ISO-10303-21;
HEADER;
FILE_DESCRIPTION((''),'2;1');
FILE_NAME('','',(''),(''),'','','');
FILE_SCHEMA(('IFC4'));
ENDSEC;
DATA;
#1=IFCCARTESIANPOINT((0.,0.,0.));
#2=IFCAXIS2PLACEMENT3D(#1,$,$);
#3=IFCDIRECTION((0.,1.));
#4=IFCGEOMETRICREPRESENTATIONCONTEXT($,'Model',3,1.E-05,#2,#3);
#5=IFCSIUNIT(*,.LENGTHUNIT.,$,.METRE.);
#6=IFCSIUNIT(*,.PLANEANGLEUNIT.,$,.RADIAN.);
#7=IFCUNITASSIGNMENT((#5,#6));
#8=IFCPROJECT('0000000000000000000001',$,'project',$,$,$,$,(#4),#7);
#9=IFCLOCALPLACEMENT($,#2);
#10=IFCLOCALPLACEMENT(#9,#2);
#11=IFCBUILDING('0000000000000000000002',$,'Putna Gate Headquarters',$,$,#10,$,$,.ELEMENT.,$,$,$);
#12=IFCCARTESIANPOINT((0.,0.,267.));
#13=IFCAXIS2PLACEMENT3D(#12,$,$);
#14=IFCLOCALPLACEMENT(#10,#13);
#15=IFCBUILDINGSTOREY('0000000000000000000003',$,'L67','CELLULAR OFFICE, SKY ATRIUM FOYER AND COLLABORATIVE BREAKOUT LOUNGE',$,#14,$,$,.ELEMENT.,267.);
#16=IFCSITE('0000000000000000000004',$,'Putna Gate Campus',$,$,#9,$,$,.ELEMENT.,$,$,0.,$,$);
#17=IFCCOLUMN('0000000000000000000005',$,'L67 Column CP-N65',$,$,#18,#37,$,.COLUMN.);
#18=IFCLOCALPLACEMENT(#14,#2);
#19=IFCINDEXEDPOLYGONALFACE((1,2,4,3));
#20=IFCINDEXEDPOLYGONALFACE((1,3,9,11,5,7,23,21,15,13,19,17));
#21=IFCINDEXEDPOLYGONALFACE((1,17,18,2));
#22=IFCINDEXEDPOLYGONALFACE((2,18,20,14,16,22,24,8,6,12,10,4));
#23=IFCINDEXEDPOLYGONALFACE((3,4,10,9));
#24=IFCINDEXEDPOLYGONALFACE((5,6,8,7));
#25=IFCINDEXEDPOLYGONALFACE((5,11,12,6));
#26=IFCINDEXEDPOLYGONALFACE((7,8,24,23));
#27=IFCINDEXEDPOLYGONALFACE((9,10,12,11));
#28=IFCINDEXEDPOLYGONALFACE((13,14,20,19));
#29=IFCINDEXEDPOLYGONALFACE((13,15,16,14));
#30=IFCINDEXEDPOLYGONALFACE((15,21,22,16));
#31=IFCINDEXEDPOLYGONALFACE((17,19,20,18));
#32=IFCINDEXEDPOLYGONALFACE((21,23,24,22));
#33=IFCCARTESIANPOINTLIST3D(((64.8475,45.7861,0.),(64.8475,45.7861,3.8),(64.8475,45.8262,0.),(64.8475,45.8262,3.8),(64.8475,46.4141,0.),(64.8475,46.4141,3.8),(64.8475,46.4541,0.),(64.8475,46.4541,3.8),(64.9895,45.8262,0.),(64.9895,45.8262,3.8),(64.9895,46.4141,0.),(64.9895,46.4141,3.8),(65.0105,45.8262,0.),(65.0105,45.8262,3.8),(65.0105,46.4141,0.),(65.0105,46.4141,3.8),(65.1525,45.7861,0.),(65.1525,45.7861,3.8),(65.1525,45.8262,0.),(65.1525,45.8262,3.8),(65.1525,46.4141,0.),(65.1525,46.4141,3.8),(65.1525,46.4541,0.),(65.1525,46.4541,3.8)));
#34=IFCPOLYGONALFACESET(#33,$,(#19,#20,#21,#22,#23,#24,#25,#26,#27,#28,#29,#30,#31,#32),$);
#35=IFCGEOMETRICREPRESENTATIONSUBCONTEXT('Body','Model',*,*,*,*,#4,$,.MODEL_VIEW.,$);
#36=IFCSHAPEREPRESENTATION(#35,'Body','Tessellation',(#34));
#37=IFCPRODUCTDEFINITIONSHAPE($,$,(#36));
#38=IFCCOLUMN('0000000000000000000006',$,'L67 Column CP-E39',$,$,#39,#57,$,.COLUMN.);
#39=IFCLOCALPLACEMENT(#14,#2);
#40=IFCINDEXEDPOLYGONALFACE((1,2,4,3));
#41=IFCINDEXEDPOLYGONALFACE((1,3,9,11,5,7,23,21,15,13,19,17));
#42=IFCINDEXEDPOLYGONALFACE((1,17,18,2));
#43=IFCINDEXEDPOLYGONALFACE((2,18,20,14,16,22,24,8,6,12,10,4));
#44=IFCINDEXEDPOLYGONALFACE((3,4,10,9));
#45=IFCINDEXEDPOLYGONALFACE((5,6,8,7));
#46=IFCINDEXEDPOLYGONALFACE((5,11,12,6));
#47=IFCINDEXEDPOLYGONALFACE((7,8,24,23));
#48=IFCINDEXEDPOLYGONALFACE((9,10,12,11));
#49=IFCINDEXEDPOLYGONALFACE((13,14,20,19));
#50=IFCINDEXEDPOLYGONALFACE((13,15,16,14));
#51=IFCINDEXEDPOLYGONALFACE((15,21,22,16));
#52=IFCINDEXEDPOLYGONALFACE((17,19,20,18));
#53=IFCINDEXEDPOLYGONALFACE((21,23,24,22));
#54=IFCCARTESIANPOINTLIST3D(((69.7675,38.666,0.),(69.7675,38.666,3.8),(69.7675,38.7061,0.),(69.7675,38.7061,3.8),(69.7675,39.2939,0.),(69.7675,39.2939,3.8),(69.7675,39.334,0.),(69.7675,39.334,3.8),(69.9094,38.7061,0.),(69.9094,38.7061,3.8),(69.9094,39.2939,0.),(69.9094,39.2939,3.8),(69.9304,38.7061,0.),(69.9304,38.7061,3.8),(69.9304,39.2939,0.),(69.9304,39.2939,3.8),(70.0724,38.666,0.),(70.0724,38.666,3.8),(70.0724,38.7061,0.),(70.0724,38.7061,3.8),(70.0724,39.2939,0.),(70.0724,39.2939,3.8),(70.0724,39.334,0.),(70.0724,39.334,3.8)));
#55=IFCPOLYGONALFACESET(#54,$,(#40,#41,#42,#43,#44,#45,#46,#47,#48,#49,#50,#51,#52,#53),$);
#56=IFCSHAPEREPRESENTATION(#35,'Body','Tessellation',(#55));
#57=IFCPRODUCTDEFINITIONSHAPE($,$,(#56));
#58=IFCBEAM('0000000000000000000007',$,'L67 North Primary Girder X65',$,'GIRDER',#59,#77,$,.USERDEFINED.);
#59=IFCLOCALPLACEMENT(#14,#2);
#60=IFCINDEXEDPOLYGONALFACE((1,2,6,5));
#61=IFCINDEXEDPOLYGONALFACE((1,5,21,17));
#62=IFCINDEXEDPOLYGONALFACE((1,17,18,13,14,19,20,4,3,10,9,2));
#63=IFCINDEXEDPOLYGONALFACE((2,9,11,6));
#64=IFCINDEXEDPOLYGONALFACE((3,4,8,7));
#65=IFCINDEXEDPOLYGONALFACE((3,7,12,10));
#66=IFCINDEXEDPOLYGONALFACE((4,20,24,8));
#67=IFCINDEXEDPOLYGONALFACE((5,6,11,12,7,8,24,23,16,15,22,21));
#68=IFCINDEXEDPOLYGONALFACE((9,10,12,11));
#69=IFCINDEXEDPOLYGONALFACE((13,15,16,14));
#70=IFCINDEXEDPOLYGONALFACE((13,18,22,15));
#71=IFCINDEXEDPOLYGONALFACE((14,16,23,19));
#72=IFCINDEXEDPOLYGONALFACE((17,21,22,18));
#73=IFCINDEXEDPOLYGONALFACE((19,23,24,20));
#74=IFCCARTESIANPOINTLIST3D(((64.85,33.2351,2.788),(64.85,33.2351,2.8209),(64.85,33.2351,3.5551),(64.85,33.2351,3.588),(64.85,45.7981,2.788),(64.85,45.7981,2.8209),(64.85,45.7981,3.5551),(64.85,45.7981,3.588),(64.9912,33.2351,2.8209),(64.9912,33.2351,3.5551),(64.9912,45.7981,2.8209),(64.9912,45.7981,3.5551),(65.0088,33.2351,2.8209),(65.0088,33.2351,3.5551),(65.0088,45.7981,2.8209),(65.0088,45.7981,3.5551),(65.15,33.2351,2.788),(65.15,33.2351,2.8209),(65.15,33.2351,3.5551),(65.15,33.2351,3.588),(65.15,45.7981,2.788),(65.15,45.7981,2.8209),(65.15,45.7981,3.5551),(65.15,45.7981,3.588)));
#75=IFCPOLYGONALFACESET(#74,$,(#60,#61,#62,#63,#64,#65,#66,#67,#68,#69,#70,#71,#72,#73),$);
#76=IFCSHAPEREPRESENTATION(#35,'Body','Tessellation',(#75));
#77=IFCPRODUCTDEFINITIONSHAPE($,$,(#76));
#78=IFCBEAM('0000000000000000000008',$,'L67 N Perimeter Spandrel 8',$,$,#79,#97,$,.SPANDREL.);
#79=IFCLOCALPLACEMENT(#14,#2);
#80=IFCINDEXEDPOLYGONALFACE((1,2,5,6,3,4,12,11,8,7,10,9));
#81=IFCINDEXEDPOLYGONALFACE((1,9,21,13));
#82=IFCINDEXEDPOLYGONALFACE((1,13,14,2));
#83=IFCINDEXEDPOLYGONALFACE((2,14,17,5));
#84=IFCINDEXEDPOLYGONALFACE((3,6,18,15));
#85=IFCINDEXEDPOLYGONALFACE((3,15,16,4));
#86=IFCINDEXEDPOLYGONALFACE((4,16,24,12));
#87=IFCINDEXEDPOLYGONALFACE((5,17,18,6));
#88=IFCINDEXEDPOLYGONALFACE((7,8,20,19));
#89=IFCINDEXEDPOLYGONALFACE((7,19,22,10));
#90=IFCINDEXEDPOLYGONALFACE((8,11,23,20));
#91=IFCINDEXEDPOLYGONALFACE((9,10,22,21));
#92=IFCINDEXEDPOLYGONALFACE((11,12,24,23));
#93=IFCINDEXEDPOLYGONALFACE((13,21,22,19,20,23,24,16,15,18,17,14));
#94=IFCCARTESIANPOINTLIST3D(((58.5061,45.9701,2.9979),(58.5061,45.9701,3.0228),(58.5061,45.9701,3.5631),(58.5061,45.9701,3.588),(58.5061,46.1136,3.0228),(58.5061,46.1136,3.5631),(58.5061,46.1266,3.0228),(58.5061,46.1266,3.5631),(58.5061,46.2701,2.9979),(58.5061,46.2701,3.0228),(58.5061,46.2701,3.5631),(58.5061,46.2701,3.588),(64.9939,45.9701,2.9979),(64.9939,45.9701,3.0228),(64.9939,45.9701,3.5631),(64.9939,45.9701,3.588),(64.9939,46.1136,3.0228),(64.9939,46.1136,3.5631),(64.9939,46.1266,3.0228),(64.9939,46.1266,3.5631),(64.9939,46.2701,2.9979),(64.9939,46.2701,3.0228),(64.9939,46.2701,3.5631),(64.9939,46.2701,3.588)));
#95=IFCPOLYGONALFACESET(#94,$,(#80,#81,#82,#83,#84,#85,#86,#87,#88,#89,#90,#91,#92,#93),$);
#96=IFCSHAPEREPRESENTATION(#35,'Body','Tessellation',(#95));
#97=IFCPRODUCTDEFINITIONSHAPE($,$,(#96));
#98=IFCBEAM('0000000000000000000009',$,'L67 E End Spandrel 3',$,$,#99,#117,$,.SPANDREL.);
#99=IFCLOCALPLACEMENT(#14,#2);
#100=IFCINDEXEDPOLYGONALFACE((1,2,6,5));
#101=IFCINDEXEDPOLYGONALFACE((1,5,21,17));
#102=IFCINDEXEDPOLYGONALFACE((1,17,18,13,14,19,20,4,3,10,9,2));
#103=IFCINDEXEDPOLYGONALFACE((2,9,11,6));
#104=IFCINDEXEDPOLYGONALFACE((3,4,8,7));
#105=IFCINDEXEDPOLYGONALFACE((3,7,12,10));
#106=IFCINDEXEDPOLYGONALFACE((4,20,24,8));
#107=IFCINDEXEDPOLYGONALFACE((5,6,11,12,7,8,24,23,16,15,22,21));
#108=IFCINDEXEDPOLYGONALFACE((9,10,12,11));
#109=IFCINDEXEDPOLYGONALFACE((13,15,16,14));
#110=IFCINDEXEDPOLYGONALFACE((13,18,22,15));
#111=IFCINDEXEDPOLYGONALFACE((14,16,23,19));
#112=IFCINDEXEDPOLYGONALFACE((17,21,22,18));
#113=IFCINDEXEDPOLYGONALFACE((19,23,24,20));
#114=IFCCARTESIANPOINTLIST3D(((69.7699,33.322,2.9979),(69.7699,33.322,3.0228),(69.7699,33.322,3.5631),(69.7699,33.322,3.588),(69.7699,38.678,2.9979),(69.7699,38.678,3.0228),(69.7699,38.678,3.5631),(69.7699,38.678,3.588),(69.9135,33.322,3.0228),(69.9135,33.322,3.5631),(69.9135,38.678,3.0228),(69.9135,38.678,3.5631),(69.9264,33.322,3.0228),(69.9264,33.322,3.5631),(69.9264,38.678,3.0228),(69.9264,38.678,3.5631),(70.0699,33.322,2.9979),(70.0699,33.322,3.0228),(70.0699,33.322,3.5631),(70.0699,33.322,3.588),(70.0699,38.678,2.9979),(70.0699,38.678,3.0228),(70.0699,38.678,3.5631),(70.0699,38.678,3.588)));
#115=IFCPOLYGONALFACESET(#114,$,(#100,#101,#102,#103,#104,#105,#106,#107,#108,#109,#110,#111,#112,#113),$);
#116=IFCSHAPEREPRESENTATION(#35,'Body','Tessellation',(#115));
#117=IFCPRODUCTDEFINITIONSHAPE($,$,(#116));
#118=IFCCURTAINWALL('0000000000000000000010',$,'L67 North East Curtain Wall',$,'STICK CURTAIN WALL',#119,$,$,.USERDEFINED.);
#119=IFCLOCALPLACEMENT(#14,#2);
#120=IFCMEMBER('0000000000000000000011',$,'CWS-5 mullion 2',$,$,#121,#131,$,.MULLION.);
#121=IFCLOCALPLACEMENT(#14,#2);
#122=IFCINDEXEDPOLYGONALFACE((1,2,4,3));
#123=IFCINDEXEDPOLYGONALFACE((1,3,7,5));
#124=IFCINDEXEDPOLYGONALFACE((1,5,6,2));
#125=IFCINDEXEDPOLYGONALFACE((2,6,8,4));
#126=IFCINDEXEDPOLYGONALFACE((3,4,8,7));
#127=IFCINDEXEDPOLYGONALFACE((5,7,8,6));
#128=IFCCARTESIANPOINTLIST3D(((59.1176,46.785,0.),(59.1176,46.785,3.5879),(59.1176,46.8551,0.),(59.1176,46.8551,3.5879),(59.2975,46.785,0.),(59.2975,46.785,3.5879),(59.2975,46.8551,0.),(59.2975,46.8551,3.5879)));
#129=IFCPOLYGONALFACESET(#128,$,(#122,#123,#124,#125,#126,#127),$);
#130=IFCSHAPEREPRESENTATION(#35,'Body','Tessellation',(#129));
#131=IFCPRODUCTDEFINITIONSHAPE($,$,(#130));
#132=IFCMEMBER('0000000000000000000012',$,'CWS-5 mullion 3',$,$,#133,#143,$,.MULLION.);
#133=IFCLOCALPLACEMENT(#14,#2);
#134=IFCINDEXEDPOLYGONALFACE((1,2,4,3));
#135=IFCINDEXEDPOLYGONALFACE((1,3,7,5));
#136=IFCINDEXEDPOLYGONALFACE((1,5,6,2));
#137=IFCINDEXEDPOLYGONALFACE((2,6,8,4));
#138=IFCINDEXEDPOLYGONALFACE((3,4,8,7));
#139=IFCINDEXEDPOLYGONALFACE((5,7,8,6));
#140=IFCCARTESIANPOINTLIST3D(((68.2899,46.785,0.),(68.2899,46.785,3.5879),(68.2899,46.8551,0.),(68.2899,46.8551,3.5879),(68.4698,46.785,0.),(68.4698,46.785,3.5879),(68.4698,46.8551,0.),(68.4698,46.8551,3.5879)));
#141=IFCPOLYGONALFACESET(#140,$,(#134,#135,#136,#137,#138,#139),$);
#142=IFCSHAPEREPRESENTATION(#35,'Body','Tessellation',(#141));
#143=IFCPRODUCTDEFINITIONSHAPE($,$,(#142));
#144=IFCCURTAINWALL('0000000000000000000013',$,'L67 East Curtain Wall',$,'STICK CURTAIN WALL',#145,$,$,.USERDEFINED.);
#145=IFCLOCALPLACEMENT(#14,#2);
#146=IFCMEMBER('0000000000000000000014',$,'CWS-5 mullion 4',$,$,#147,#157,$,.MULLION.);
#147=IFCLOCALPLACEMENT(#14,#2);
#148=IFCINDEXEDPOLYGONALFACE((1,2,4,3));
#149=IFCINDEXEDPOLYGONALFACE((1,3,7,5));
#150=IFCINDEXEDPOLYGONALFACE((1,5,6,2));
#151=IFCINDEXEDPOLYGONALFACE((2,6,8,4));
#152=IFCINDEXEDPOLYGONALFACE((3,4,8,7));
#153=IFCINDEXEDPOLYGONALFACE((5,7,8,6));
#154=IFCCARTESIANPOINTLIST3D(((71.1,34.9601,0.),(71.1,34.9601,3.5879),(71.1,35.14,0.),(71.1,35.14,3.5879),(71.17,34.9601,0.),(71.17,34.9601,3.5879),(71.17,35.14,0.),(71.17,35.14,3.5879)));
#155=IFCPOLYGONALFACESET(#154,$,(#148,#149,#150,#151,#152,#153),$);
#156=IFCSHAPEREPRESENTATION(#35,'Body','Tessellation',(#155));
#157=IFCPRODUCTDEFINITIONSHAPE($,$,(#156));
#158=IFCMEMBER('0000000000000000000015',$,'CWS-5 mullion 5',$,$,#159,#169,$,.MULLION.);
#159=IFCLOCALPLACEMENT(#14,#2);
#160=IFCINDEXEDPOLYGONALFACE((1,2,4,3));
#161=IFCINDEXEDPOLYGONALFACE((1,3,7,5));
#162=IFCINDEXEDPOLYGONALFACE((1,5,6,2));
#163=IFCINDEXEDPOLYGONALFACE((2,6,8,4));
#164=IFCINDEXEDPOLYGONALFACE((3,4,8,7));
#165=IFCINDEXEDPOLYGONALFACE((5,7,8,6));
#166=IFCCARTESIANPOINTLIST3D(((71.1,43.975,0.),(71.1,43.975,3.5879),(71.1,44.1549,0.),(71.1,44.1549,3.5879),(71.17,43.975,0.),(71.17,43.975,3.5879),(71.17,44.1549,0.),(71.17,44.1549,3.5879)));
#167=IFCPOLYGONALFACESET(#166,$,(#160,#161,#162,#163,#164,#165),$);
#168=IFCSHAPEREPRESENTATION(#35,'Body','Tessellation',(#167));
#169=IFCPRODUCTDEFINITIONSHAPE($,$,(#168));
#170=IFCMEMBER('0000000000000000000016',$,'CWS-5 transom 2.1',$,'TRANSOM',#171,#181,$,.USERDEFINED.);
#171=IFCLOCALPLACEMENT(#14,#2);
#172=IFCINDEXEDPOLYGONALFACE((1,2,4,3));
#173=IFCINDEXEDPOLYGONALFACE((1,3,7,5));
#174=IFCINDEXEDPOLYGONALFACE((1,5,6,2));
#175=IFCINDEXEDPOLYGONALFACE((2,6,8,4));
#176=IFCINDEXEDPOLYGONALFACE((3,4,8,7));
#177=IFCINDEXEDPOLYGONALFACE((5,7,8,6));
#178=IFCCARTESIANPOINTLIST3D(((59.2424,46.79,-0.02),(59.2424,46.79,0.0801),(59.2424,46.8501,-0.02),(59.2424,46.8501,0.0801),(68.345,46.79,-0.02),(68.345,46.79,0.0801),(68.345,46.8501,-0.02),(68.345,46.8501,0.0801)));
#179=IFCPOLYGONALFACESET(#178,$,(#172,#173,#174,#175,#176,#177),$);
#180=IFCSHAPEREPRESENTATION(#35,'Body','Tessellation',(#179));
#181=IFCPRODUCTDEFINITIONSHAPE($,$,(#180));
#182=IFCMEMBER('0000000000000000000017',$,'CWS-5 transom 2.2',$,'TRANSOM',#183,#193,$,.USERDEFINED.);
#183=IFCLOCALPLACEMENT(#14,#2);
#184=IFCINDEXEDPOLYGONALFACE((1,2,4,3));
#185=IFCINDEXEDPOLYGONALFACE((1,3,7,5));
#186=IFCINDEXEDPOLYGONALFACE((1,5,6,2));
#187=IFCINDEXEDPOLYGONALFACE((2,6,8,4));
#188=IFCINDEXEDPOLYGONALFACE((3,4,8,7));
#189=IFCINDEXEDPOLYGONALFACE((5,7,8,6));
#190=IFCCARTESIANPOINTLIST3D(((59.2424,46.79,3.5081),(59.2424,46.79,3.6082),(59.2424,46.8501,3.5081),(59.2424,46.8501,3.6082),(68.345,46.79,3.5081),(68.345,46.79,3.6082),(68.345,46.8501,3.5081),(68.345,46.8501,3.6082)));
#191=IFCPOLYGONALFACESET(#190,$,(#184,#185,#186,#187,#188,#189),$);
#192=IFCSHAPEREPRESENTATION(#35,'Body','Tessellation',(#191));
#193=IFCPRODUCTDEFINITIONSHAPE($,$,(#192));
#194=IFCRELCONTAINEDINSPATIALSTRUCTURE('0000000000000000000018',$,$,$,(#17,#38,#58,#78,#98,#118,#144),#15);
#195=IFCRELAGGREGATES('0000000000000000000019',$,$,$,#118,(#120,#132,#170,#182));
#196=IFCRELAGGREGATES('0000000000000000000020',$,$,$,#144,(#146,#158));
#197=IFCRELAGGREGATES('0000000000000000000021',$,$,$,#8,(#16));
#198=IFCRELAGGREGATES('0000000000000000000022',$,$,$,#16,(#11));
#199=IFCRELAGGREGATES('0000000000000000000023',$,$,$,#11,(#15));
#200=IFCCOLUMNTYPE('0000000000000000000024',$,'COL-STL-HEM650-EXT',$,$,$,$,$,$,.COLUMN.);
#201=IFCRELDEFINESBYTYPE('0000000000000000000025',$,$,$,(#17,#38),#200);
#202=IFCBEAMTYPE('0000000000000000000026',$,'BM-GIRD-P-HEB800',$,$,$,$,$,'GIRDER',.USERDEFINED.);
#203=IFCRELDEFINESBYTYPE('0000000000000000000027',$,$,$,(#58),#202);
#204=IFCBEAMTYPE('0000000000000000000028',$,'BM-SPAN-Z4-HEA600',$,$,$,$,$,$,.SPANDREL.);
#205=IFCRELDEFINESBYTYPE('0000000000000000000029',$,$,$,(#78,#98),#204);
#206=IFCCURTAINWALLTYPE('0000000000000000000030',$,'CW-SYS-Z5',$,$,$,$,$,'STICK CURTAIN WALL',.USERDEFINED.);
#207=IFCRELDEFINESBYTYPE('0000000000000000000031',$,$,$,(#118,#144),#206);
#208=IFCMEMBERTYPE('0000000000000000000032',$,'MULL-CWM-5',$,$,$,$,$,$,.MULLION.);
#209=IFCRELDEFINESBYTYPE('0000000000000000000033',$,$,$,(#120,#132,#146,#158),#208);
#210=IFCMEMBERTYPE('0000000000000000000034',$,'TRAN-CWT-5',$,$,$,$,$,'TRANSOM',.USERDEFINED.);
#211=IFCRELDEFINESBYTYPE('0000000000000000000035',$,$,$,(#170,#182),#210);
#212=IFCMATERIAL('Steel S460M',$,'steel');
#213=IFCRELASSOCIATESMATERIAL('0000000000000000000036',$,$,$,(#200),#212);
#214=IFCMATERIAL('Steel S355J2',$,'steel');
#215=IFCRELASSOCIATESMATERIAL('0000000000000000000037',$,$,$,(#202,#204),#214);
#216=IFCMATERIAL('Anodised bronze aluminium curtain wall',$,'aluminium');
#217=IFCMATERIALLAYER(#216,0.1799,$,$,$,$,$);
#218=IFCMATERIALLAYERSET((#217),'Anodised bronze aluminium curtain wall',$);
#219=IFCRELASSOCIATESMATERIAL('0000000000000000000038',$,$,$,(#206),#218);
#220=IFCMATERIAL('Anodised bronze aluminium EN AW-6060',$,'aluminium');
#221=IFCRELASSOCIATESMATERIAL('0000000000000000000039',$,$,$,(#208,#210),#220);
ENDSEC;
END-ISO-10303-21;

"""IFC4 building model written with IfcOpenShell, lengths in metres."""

from ifc_helpers import new_model, si_unit, direction, frame, origin, origin_2d, place, context, subcontext, project, spatial, rectangle, i_section, extrude, material, layer, layer_set, material_profile, profile_set, type_object, element, aggregate, save


model = new_model("IFC4")

# Units and contexts
model_context = context("Model", 3, precision=1e-05, world=origin(), true_north=direction((0.0, 1.0)))
body_context = subcontext(model_context, "Body", "Model", "MODEL_VIEW")
ifc_project = project(units=[si_unit("LENGTHUNIT", "METRE"), si_unit("PLANEANGLEUNIT", "RADIAN")], contexts=[model_context])

# Site, building, storey
site_placement = place(None, origin())
site = spatial("IfcSite", under=ifc_project, at=site_placement, Name="Putna Gate Campus", CompositionType="ELEMENT", RefElevation=0.0)
building_placement = place(site_placement, origin())
building = spatial("IfcBuilding", under=site, at=building_placement, Name="Putna Gate Headquarters", CompositionType="ELEMENT")
storey_placement = place(building_placement, frame((0.0, 0.0, 267.0)))
storey = spatial("IfcBuildingStorey", under=building, at=storey_placement, Name="L67", Description="CELLULAR OFFICE, SKY ATRIUM FOYER AND COLLABORATIVE BREAKOUT LOUNGE", CompositionType="ELEMENT", Elevation=267.0)

# Columns
ifc_material_1 = material(Name="Steel S460M", Category="steel")
ifc_material_profile_1 = material_profile(ifc_material_1, i_section(OverallWidth=0.3049, OverallDepth=0.668, WebThickness=0.021, FlangeThickness=0.04, at=origin_2d()), Name="Steel S460M")
ifc_profile_set_1 = profile_set([ifc_material_profile_1], Name="Steel S460M")
column_type = type_object("IfcColumnType", Name="COL-STL-HEM650-EXT", PredefinedType="COLUMN", material=ifc_profile_set_1)
for number, where, z_axis, x_axis, name in (
    (1, (65.0, 46.1201, 0.0), (0.0, 0.0, 1.0), (1.0, 0.0, 0.0), "L67 Column CP-N65"),
    (2, (69.9199, 39.0, 0.0), (0.0, 0.0, 1.0), (1.0, 0.0, 0.0), "L67 Column CP-E39"),
):
    element("IfcColumn", number, at=place(storey_placement, frame(where, z_axis=z_axis, x_axis=x_axis)), inside=storey, type_object=column_type, Name=name, PredefinedType="COLUMN", context=body_context, shape_type="SweptSolid", body=[
        extrude(i_section(OverallWidth=0.3049, OverallDepth=0.668, WebThickness=0.021, FlangeThickness=0.04, at=origin_2d()), origin(), (0.0, 0.0, 1.0), 3.8),
    ])

# Beams
ifc_material_2 = material(Name="Steel S355J2", Category="steel")
ifc_material_profile_2 = material_profile(ifc_material_2, i_section(OverallWidth=0.3, OverallDepth=0.8, WebThickness=0.0176, FlangeThickness=0.033, at=origin_2d()), Name="Steel S355J2")
ifc_profile_set_2 = profile_set([ifc_material_profile_2], Name="Steel S355J2")
beam_type_1 = type_object("IfcBeamType", Name="BM-GIRD-P-HEB800", ElementType="GIRDER", PredefinedType="USERDEFINED", material=ifc_profile_set_2)
beam_1_placement = place(storey_placement, frame((65.0, 33.2351, 3.188), z_axis=(0.0, 1.0, 0.0), x_axis=(-1.0, 0.0, 0.0)))
element("IfcBeam", 3, at=beam_1_placement, inside=storey, type_object=beam_type_1, Name="L67 North Primary Girder X65", ObjectType="GIRDER", PredefinedType="USERDEFINED", context=body_context, shape_type="SweptSolid", body=[
    extrude(i_section(OverallWidth=0.3, OverallDepth=0.8, WebThickness=0.0176, FlangeThickness=0.033, at=origin_2d()), origin(), (0.0, 0.0, 1.0), 12.563),
])
ifc_material_profile_3 = material_profile(ifc_material_2, i_section(OverallWidth=0.3, OverallDepth=0.5901, WebThickness=0.0129, FlangeThickness=0.0249, at=origin_2d()), Name="Steel S355J2")
ifc_profile_set_3 = profile_set([ifc_material_profile_3], Name="Steel S355J2")
beam_type_2 = type_object("IfcBeamType", Name="BM-SPAN-Z4-HEA600", PredefinedType="SPANDREL", material=ifc_profile_set_3)
beam_2_placement = place(storey_placement, frame((58.5061, 46.1201, 3.293), z_axis=(1.0, 0.0, 0.0), x_axis=(0.0, 1.0, 0.0)))
element("IfcBeam", 4, at=beam_2_placement, inside=storey, type_object=beam_type_2, Name="L67 N Perimeter Spandrel 8", PredefinedType="SPANDREL", context=body_context, shape_type="SweptSolid", body=[
    extrude(i_section(OverallWidth=0.3, OverallDepth=0.5901, WebThickness=0.0129, FlangeThickness=0.0249, at=origin_2d()), origin(), (0.0, 0.0, 1.0), 6.4878),
])
beam_3_placement = place(storey_placement, frame((69.9199, 33.322, 3.293), z_axis=(0.0, 1.0, 0.0), x_axis=(-1.0, 0.0, 0.0)))
element("IfcBeam", 5, at=beam_3_placement, inside=storey, type_object=beam_type_2, Name="L67 E End Spandrel 3", PredefinedType="SPANDREL", context=body_context, shape_type="SweptSolid", body=[
    extrude(i_section(OverallWidth=0.3, OverallDepth=0.5901, WebThickness=0.0129, FlangeThickness=0.0249, at=origin_2d()), origin(), (0.0, 0.0, 1.0), 5.356),
])

# Curtain walls, members
ifc_material_3 = material(Name="Anodised bronze aluminium curtain wall", Category="aluminium")
ifc_layer_1 = layer(ifc_material_3, 0.1799)
ifc_layer_set_1 = layer_set([ifc_layer_1], Name="Anodised bronze aluminium curtain wall")
curtain_wall_type = type_object("IfcCurtainWallType", Name="CW-SYS-Z5", ElementType="STICK CURTAIN WALL", PredefinedType="USERDEFINED", material=ifc_layer_set_1)
curtain_wall_1_placement = place(storey_placement, origin())
curtain_wall_1 = element("IfcCurtainWall", 6, at=curtain_wall_1_placement, inside=storey, type_object=curtain_wall_type, Name="L67 North East Curtain Wall", ObjectType="STICK CURTAIN WALL", PredefinedType="USERDEFINED")
ifc_material_4 = material(Name="Anodised bronze aluminium EN AW-6060", Category="aluminium")
ifc_material_profile_4 = material_profile(ifc_material_4, rectangle(XDim=0.0701, YDim=0.1799, at=origin_2d()), Name="Anodised bronze aluminium EN AW-6060")
ifc_profile_set_4 = profile_set([ifc_material_profile_4], Name="Anodised bronze aluminium EN AW-6060")
member_type_1 = type_object("IfcMemberType", Name="MULL-CWM-5", PredefinedType="MULLION", material=ifc_profile_set_4)
member_1_placement = place(storey_placement, frame((59.2075, 46.8201, 0.0), z_axis=(0.0, 0.0, 1.0), x_axis=(0.0, 1.0, 0.0)))
member_1 = element("IfcMember", 7, at=member_1_placement, type_object=member_type_1, Name="CWS-5 mullion 2", PredefinedType="MULLION", context=body_context, shape_type="SweptSolid", body=[
    extrude(rectangle(XDim=0.0701, YDim=0.1799, at=origin_2d()), origin(), (0.0, 0.0, 1.0), 3.5879),
])
member_2_placement = place(storey_placement, frame((68.3799, 46.8201, 0.0), z_axis=(0.0, 0.0, 1.0), x_axis=(0.0, 1.0, 0.0)))
member_2 = element("IfcMember", 8, at=member_2_placement, type_object=member_type_1, Name="CWS-5 mullion 3", PredefinedType="MULLION", context=body_context, shape_type="SweptSolid", body=[
    extrude(rectangle(XDim=0.0701, YDim=0.1799, at=origin_2d()), origin(), (0.0, 0.0, 1.0), 3.5879),
])
curtain_wall_2_placement = place(storey_placement, origin())
curtain_wall_2 = element("IfcCurtainWall", 9, at=curtain_wall_2_placement, inside=storey, type_object=curtain_wall_type, Name="L67 East Curtain Wall", ObjectType="STICK CURTAIN WALL", PredefinedType="USERDEFINED")
member_3_placement = place(storey_placement, frame((71.135, 35.05, 0.0), z_axis=(0.0, 0.0, 1.0), x_axis=(-1.0, 0.0, 0.0)))
member_3 = element("IfcMember", 10, at=member_3_placement, type_object=member_type_1, Name="CWS-5 mullion 4", PredefinedType="MULLION", context=body_context, shape_type="SweptSolid", body=[
    extrude(rectangle(XDim=0.0701, YDim=0.1799, at=origin_2d()), origin(), (0.0, 0.0, 1.0), 3.5879),
])
member_4_placement = place(storey_placement, frame((71.135, 44.0649, 0.0), z_axis=(0.0, 0.0, 1.0), x_axis=(-1.0, 0.0, 0.0)))
member_4 = element("IfcMember", 11, at=member_4_placement, type_object=member_type_1, Name="CWS-5 mullion 5", PredefinedType="MULLION", context=body_context, shape_type="SweptSolid", body=[
    extrude(rectangle(XDim=0.0701, YDim=0.1799, at=origin_2d()), origin(), (0.0, 0.0, 1.0), 3.5879),
])

# Members
ifc_material_profile_5 = material_profile(ifc_material_4, rectangle(XDim=0.0601, YDim=0.1001, at=origin_2d()), Name="Anodised bronze aluminium EN AW-6060")
ifc_profile_set_5 = profile_set([ifc_material_profile_5], Name="Anodised bronze aluminium EN AW-6060")
member_type_2 = type_object("IfcMemberType", Name="TRAN-CWT-5", ElementType="TRANSOM", PredefinedType="USERDEFINED", material=ifc_profile_set_5)
member_5_placement = place(storey_placement, frame((59.2424, 46.8201, 0.03), z_axis=(1.0, 0.0, 0.0), x_axis=(0.0, 1.0, 0.0)))
member_5 = element("IfcMember", 12, at=member_5_placement, type_object=member_type_2, Name="CWS-5 transom 2.1", ObjectType="TRANSOM", PredefinedType="USERDEFINED", context=body_context, shape_type="SweptSolid", body=[
    extrude(rectangle(XDim=0.0601, YDim=0.1001, at=origin_2d()), origin(), (0.0, 0.0, 1.0), 9.1025),
])
member_6_placement = place(storey_placement, frame((59.2424, 46.8201, 3.5581), z_axis=(1.0, 0.0, 0.0), x_axis=(0.0, 1.0, 0.0)))
member_6 = element("IfcMember", 13, at=member_6_placement, type_object=member_type_2, Name="CWS-5 transom 2.2", ObjectType="TRANSOM", PredefinedType="USERDEFINED", context=body_context, shape_type="SweptSolid", body=[
    extrude(rectangle(XDim=0.0601, YDim=0.1001, at=origin_2d()), origin(), (0.0, 0.0, 1.0), 9.1025),
])

aggregate(curtain_wall_1, [member_1, member_2, member_5, member_6])
aggregate(curtain_wall_2, [member_3, member_4])

save(model, "model.ifc")
